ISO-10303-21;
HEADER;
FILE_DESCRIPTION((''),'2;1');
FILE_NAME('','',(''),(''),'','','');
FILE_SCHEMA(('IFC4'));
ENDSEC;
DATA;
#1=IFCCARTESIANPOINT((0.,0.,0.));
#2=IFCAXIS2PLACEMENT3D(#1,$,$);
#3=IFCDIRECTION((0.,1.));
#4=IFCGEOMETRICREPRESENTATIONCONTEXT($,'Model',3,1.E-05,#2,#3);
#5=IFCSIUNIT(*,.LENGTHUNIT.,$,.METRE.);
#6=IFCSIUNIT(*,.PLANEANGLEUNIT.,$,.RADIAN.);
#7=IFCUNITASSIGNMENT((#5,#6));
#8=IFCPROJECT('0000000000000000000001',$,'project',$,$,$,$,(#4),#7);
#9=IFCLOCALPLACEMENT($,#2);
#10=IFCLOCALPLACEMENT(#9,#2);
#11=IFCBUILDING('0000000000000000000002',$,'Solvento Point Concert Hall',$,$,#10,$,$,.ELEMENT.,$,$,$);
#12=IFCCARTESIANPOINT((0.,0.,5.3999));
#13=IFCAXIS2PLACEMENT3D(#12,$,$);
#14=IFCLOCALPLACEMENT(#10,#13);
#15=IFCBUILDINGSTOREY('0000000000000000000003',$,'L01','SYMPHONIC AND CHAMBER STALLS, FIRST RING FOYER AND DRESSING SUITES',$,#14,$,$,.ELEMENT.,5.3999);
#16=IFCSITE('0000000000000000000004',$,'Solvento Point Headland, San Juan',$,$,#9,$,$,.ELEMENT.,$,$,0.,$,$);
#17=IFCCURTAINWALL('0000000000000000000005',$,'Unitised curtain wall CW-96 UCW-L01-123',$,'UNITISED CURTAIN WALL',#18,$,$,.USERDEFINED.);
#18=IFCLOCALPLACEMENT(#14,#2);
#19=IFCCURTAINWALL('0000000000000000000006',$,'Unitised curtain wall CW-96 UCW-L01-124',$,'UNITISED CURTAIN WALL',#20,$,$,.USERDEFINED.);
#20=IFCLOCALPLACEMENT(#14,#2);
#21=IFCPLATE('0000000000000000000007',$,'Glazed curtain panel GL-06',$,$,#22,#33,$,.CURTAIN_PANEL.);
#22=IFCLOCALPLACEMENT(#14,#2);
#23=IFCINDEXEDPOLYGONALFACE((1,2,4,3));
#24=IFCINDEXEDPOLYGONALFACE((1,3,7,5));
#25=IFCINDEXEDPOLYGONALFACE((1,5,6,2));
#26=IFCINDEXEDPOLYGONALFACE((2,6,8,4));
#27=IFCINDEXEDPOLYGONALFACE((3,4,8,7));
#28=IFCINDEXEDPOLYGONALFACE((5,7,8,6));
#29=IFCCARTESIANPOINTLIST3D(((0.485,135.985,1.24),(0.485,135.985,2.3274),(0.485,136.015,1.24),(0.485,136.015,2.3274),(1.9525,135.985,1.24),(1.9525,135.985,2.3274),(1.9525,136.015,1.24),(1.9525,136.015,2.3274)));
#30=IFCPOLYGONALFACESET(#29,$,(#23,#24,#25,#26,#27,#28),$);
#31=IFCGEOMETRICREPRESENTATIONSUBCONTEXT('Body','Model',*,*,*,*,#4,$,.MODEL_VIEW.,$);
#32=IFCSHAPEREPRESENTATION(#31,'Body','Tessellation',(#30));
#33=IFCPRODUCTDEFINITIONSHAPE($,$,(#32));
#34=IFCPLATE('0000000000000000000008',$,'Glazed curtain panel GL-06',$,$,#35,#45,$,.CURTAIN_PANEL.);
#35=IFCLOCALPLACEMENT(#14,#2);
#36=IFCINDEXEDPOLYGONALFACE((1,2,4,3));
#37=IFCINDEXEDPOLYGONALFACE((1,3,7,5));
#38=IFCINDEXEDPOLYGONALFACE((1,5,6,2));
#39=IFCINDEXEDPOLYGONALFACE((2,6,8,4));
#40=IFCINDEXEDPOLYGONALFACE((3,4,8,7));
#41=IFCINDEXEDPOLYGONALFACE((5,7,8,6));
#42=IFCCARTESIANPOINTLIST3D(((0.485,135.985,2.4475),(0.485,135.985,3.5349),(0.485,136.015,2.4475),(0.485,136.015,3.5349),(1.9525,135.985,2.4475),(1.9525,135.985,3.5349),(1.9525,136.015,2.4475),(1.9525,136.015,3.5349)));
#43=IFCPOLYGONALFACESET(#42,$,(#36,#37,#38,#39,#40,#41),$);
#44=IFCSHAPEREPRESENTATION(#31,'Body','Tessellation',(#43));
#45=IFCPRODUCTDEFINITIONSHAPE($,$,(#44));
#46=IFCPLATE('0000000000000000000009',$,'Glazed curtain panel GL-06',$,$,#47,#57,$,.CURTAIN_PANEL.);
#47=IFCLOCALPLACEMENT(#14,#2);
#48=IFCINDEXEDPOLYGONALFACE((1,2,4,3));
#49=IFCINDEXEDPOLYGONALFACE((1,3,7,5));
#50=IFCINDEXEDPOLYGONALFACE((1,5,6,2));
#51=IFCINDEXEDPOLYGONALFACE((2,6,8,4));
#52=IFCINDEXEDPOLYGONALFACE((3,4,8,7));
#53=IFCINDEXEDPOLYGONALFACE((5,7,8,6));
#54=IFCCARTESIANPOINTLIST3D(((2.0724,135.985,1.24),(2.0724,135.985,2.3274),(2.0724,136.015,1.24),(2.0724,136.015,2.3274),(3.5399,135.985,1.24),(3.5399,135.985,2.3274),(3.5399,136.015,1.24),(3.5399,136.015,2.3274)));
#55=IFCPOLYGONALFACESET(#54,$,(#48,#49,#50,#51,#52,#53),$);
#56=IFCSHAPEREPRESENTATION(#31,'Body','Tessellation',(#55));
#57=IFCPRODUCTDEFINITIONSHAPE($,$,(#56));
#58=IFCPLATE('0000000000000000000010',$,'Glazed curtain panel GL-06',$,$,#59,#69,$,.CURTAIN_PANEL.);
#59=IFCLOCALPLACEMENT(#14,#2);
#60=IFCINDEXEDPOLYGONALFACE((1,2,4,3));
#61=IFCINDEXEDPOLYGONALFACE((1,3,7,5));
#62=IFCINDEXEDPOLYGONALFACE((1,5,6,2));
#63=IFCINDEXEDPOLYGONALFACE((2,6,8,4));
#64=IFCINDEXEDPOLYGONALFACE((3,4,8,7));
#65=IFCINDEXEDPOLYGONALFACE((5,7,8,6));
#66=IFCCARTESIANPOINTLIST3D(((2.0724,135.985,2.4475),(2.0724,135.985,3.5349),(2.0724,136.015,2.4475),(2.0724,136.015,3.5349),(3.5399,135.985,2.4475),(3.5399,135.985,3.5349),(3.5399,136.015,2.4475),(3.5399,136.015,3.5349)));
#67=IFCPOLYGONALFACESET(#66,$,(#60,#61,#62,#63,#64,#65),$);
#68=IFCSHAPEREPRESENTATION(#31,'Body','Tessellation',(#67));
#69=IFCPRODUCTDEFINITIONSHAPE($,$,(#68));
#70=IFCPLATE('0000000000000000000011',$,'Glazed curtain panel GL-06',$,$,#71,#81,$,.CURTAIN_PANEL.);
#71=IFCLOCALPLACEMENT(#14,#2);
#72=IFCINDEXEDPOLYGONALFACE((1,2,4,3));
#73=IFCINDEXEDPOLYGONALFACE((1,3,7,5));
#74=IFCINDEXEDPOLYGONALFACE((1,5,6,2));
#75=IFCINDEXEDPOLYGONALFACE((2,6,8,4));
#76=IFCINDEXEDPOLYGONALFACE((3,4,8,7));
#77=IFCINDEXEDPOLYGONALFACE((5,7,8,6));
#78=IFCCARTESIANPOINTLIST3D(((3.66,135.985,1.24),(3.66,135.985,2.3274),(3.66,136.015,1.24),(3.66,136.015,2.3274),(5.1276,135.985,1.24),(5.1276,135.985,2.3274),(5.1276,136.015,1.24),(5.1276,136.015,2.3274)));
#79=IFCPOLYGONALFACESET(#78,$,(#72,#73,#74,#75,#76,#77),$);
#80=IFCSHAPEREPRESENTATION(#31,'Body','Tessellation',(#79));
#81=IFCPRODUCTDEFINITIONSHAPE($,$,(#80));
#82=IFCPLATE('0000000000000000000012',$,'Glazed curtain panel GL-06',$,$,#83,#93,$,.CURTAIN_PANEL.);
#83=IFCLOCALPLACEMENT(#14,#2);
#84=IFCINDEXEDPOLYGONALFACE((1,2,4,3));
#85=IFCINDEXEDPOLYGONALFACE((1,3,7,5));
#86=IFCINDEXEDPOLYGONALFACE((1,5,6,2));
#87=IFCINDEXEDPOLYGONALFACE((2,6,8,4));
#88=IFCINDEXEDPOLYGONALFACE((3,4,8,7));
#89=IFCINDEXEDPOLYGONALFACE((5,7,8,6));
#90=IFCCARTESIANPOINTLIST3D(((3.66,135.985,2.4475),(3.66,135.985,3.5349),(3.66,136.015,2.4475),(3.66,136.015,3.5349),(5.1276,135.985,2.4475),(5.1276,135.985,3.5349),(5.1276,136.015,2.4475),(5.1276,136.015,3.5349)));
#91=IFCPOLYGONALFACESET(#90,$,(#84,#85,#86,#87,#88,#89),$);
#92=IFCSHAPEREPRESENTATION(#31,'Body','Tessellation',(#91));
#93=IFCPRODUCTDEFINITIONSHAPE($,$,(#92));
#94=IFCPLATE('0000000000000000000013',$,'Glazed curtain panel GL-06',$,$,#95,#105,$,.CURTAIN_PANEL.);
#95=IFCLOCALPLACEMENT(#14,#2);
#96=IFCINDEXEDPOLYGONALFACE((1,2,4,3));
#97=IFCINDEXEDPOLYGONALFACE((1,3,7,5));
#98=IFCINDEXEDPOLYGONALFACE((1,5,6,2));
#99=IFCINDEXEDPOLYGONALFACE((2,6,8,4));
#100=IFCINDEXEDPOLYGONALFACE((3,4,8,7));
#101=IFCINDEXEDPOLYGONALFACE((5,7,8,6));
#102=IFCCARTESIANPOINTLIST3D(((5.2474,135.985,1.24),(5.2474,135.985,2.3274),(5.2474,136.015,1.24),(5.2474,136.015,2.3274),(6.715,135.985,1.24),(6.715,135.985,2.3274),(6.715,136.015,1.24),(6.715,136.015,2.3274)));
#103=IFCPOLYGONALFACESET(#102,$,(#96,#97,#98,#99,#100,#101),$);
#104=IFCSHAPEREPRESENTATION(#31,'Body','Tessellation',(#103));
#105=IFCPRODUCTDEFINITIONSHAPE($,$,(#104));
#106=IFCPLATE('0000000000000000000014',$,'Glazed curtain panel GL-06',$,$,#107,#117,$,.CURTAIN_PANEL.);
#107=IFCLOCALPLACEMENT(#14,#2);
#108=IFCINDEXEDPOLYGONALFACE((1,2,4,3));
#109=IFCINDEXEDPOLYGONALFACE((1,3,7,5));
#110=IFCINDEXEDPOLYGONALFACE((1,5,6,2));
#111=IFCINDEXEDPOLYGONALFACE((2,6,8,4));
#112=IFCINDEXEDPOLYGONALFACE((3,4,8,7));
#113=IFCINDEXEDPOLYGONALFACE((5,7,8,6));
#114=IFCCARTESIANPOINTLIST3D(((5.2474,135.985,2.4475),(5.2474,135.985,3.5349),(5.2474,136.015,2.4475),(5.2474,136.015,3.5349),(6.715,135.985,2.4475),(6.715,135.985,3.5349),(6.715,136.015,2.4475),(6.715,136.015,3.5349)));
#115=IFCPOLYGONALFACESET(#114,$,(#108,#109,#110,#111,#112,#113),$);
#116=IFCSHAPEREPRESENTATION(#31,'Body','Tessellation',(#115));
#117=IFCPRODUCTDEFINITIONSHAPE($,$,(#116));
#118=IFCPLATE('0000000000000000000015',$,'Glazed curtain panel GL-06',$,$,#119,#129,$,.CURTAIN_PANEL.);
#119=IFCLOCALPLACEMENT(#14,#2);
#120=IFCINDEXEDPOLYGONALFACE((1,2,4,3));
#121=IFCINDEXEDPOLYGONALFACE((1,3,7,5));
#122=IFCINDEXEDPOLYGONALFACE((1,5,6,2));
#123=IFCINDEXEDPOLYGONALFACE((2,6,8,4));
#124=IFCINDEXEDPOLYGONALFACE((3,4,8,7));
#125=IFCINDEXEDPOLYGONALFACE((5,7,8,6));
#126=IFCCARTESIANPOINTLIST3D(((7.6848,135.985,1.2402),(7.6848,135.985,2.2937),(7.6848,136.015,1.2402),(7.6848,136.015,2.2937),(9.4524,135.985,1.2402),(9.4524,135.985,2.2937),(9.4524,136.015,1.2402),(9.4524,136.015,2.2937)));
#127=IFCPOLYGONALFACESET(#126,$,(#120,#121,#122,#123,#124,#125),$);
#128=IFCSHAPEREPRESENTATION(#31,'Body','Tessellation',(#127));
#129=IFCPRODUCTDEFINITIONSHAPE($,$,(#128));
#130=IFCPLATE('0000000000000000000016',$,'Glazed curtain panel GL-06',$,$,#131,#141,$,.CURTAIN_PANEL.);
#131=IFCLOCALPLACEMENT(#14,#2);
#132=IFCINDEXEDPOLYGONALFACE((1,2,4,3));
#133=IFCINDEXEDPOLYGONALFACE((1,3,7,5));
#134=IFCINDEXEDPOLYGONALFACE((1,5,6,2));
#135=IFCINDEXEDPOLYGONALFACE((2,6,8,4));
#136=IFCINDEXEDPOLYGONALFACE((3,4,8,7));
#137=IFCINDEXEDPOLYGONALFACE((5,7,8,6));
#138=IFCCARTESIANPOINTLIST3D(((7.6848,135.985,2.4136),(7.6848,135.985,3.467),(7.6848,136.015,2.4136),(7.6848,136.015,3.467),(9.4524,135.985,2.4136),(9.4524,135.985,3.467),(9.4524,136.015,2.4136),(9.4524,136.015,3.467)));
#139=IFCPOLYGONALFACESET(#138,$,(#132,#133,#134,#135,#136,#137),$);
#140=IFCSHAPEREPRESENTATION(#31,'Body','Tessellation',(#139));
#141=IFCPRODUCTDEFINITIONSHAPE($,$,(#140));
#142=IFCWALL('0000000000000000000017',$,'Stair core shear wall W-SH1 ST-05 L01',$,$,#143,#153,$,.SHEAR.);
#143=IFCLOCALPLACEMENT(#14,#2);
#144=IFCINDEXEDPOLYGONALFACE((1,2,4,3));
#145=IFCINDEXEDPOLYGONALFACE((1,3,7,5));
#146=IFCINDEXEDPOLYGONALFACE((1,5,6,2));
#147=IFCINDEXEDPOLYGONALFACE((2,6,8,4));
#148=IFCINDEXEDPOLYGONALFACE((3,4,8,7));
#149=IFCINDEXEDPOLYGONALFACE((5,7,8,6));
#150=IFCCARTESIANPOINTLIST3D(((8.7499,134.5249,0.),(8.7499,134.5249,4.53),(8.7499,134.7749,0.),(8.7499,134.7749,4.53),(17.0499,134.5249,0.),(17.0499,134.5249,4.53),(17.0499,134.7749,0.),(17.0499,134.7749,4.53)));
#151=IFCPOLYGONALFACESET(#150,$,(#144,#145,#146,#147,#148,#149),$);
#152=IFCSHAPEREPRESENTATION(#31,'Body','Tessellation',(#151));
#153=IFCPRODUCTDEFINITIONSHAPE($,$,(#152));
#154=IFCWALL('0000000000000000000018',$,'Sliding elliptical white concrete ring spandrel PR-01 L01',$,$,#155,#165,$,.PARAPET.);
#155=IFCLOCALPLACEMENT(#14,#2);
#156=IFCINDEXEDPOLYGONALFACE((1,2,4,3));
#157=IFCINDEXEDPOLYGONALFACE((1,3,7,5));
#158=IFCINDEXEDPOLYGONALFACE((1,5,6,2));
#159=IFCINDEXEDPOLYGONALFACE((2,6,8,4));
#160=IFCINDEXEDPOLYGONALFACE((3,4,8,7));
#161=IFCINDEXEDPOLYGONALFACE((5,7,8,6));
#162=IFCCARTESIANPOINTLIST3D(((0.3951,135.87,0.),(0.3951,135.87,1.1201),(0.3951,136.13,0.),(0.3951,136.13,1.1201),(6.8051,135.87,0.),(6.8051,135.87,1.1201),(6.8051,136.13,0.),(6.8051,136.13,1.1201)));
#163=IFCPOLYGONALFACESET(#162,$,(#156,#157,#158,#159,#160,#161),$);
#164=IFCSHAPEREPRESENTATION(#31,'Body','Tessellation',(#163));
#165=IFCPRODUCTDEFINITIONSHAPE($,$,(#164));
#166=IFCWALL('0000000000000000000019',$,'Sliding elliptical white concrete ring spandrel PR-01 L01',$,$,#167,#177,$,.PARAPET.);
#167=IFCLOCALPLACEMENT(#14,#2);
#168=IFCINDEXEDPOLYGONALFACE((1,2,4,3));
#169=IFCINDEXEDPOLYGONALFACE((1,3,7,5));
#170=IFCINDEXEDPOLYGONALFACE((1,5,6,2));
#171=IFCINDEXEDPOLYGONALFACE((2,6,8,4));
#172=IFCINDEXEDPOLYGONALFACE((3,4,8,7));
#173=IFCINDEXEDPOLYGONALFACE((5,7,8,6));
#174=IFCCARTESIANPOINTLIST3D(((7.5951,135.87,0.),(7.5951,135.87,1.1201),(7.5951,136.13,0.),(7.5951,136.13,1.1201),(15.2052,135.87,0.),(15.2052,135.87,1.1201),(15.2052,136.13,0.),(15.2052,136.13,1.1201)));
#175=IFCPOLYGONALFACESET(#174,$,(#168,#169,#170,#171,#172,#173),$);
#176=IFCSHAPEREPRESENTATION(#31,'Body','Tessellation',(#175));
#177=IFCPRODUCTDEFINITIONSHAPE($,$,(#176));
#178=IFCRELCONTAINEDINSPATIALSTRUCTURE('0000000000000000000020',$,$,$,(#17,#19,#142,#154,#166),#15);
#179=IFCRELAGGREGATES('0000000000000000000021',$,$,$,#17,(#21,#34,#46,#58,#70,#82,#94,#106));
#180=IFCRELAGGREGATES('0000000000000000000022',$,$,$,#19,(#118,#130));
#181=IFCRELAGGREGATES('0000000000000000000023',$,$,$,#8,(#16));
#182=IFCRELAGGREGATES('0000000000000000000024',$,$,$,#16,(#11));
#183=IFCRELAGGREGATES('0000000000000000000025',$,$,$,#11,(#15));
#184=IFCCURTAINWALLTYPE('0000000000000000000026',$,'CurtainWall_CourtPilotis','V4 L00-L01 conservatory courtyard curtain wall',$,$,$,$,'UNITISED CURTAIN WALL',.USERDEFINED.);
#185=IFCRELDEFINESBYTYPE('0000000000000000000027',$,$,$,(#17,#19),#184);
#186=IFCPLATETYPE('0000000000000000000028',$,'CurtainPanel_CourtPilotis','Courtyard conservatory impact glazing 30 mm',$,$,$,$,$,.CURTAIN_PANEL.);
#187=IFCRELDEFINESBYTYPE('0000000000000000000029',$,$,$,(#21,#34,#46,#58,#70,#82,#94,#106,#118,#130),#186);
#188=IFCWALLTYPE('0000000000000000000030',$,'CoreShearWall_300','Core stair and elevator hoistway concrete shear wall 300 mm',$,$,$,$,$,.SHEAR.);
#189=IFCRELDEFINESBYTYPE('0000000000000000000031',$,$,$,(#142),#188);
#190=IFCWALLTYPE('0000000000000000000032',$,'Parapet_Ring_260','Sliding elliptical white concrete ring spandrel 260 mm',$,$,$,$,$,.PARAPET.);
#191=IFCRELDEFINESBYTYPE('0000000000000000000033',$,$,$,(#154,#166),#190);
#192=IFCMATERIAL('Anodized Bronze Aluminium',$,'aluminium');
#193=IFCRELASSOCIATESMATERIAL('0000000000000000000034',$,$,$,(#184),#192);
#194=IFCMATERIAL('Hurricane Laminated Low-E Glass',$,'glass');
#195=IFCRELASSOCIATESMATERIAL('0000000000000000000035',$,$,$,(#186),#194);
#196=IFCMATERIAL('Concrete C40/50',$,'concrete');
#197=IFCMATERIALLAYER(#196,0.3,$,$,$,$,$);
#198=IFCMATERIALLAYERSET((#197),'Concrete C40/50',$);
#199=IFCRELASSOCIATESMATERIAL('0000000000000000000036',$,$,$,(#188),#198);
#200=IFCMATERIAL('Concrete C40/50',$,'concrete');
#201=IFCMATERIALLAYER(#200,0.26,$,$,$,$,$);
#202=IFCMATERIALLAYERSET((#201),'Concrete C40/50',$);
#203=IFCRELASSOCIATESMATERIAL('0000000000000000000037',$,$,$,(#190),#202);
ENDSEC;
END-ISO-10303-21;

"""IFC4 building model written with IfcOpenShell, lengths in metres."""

from ifc_helpers import new_model, si_unit, direction, frame, frame_2d, origin, origin_2d, place, context, subcontext, project, spatial, rectangle, extrude, material, layer, layer_set, type_object, element, aggregate, save


model = new_model("IFC4")

# Units and contexts
model_context = context("Model", 3, precision=1e-05, world=origin(), true_north=direction((0.0, 1.0)))
body_context = subcontext(model_context, "Body", "Model", "MODEL_VIEW")
ifc_project = project(units=[si_unit("LENGTHUNIT", "METRE"), si_unit("PLANEANGLEUNIT", "RADIAN")], contexts=[model_context])

# Site, building, storey
site_placement = place(None, origin())
site = spatial("IfcSite", under=ifc_project, at=site_placement, Name="Solvento Point Headland, San Juan", CompositionType="ELEMENT", RefElevation=0.0)
building_placement = place(site_placement, origin())
building = spatial("IfcBuilding", under=site, at=building_placement, Name="Solvento Point Concert Hall", CompositionType="ELEMENT")
storey_placement = place(building_placement, frame((0.0, 0.0, 5.3999)))
storey = spatial("IfcBuildingStorey", under=building, at=storey_placement, Name="L01", Description="SYMPHONIC AND CHAMBER STALLS, FIRST RING FOYER AND DRESSING SUITES", CompositionType="ELEMENT", Elevation=5.3999)

# Curtain walls
ifc_material_1 = material(Name="Anodized Bronze Aluminium", Category="aluminium")
curtain_wall_type = type_object("IfcCurtainWallType", Name="CurtainWall_CourtPilotis", Description="V4 L00-L01 conservatory courtyard curtain wall", ElementType="UNITISED CURTAIN WALL", PredefinedType="USERDEFINED", material=ifc_material_1)
curtain_wall_1_placement = place(storey_placement, origin())
curtain_wall_1 = element("IfcCurtainWall", 1, at=curtain_wall_1_placement, inside=storey, type_object=curtain_wall_type, Name="Unitised curtain wall CW-96 UCW-L01-123", ObjectType="UNITISED CURTAIN WALL", PredefinedType="USERDEFINED")
curtain_wall_2_placement = place(storey_placement, origin())
curtain_wall_2 = element("IfcCurtainWall", 2, at=curtain_wall_2_placement, inside=storey, type_object=curtain_wall_type, Name="Unitised curtain wall CW-96 UCW-L01-124", ObjectType="UNITISED CURTAIN WALL", PredefinedType="USERDEFINED")

# Plates
ifc_material_2 = material(Name="Hurricane Laminated Low-E Glass", Category="glass")
plate_type = type_object("IfcPlateType", Name="CurtainPanel_CourtPilotis", Description="Courtyard conservatory impact glazing 30 mm", PredefinedType="CURTAIN_PANEL", material=ifc_material_2)
plate_1_placement = place(storey_placement, frame((1.2188, 136.0, 1.24), z_axis=(0.0, 0.0, 1.0), x_axis=(1.0, 0.0, 0.0)))
plate_1 = element("IfcPlate", 3, at=plate_1_placement, type_object=plate_type, Name="Glazed curtain panel GL-06", PredefinedType="CURTAIN_PANEL", context=body_context, shape_type="SweptSolid", body=[
    extrude(rectangle(XDim=1.4675, YDim=0.03, at=origin_2d()), origin(), (0.0, 0.0, 1.0), 1.0874),
])
plate_2_placement = place(storey_placement, frame((1.2188, 136.0, 2.4475), z_axis=(0.0, 0.0, 1.0), x_axis=(1.0, 0.0, 0.0)))
plate_2 = element("IfcPlate", 4, at=plate_2_placement, type_object=plate_type, Name="Glazed curtain panel GL-06", PredefinedType="CURTAIN_PANEL", context=body_context, shape_type="SweptSolid", body=[
    extrude(rectangle(XDim=1.4675, YDim=0.03, at=origin_2d()), origin(), (0.0, 0.0, 1.0), 1.0874),
])
plate_3_placement = place(storey_placement, frame((2.8062, 136.0, 1.24), z_axis=(0.0, 0.0, 1.0), x_axis=(1.0, 0.0, 0.0)))
plate_3 = element("IfcPlate", 5, at=plate_3_placement, type_object=plate_type, Name="Glazed curtain panel GL-06", PredefinedType="CURTAIN_PANEL", context=body_context, shape_type="SweptSolid", body=[
    extrude(rectangle(XDim=1.4675, YDim=0.03, at=origin_2d()), origin(), (0.0, 0.0, 1.0), 1.0874),
])
plate_4_placement = place(storey_placement, frame((2.8062, 136.0, 2.4475), z_axis=(0.0, 0.0, 1.0), x_axis=(1.0, 0.0, 0.0)))
plate_4 = element("IfcPlate", 6, at=plate_4_placement, type_object=plate_type, Name="Glazed curtain panel GL-06", PredefinedType="CURTAIN_PANEL", context=body_context, shape_type="SweptSolid", body=[
    extrude(rectangle(XDim=1.4675, YDim=0.03, at=origin_2d()), origin(), (0.0, 0.0, 1.0), 1.0874),
])
plate_5_placement = place(storey_placement, frame((4.3938, 136.0, 1.24), z_axis=(0.0, 0.0, 1.0), x_axis=(1.0, 0.0, 0.0)))
plate_5 = element("IfcPlate", 7, at=plate_5_placement, type_object=plate_type, Name="Glazed curtain panel GL-06", PredefinedType="CURTAIN_PANEL", context=body_context, shape_type="SweptSolid", body=[
    extrude(rectangle(XDim=1.4675, YDim=0.03, at=origin_2d()), origin(), (0.0, 0.0, 1.0), 1.0874),
])
plate_6_placement = place(storey_placement, frame((4.3938, 136.0, 2.4475), z_axis=(0.0, 0.0, 1.0), x_axis=(1.0, 0.0, 0.0)))
plate_6 = element("IfcPlate", 8, at=plate_6_placement, type_object=plate_type, Name="Glazed curtain panel GL-06", PredefinedType="CURTAIN_PANEL", context=body_context, shape_type="SweptSolid", body=[
    extrude(rectangle(XDim=1.4675, YDim=0.03, at=origin_2d()), origin(), (0.0, 0.0, 1.0), 1.0874),
])
plate_7_placement = place(storey_placement, frame((5.9812, 136.0, 1.24), z_axis=(0.0, 0.0, 1.0), x_axis=(1.0, 0.0, 0.0)))
plate_7 = element("IfcPlate", 9, at=plate_7_placement, type_object=plate_type, Name="Glazed curtain panel GL-06", PredefinedType="CURTAIN_PANEL", context=body_context, shape_type="SweptSolid", body=[
    extrude(rectangle(XDim=1.4675, YDim=0.03, at=origin_2d()), origin(), (0.0, 0.0, 1.0), 1.0874),
])
plate_8_placement = place(storey_placement, frame((5.9812, 136.0, 2.4475), z_axis=(0.0, 0.0, 1.0), x_axis=(1.0, 0.0, 0.0)))
plate_8 = element("IfcPlate", 10, at=plate_8_placement, type_object=plate_type, Name="Glazed curtain panel GL-06", PredefinedType="CURTAIN_PANEL", context=body_context, shape_type="SweptSolid", body=[
    extrude(rectangle(XDim=1.4675, YDim=0.03, at=origin_2d()), origin(), (0.0, 0.0, 1.0), 1.0874),
])
aggregate(curtain_wall_1, [plate_1, plate_2, plate_3, plate_4, plate_5, plate_6, plate_7, plate_8])
plate_9_placement = place(storey_placement, frame((8.5686, 136.0, 1.2402), z_axis=(0.0, 0.0, 1.0), x_axis=(1.0, 0.0, 0.0)))
plate_9 = element("IfcPlate", 11, at=plate_9_placement, type_object=plate_type, Name="Glazed curtain panel GL-06", PredefinedType="CURTAIN_PANEL", context=body_context, shape_type="SweptSolid", body=[
    extrude(rectangle(XDim=1.7676, YDim=0.03, at=origin_2d()), origin(), (0.0, 0.0, 1.0), 1.0535),
])
plate_10_placement = place(storey_placement, frame((8.5686, 136.0, 2.4136), z_axis=(0.0, 0.0, 1.0), x_axis=(1.0, 0.0, 0.0)))
plate_10 = element("IfcPlate", 12, at=plate_10_placement, type_object=plate_type, Name="Glazed curtain panel GL-06", PredefinedType="CURTAIN_PANEL", context=body_context, shape_type="SweptSolid", body=[
    extrude(rectangle(XDim=1.7676, YDim=0.03, at=origin_2d()), origin(), (0.0, 0.0, 1.0), 1.0535),
])
aggregate(curtain_wall_2, [plate_9, plate_10])

# Walls
ifc_material_3 = material(Name="Concrete C40/50", Category="concrete")
ifc_layer_1 = layer(ifc_material_3, 0.3)
ifc_layer_set_1 = layer_set([ifc_layer_1], Name="Concrete C40/50")
wall_type_1 = type_object("IfcWallType", Name="CoreShearWall_300", Description="Core stair and elevator hoistway concrete shear wall 300 mm", PredefinedType="SHEAR", material=ifc_layer_set_1)
wall_1_placement = place(storey_placement, frame((8.75, 134.6499, 0.0), z_axis=(0.0, 0.0, 1.0), x_axis=(1.0, 0.0, 0.0)))
element("IfcWall", 13, at=wall_1_placement, inside=storey, type_object=wall_type_1, Name="Stair core shear wall W-SH1 ST-05 L01", PredefinedType="SHEAR", context=body_context, shape_type="SweptSolid", body=[
    extrude(rectangle(XDim=8.3, YDim=0.25, at=frame_2d((4.1499, 0.0))), origin(), (0.0, 0.0, 1.0), 4.53),
])
ifc_material_4 = material(Name="Concrete C40/50", Category="concrete")
ifc_layer_2 = layer(ifc_material_4, 0.26)
ifc_layer_set_2 = layer_set([ifc_layer_2], Name="Concrete C40/50")
wall_type_2 = type_object("IfcWallType", Name="Parapet_Ring_260", Description="Sliding elliptical white concrete ring spandrel 260 mm", PredefinedType="PARAPET", material=ifc_layer_set_2)
wall_2_placement = place(storey_placement, frame((0.395, 136.0, 0.0), z_axis=(0.0, 0.0, 1.0), x_axis=(1.0, 0.0, 0.0)))
element("IfcWall", 14, at=wall_2_placement, inside=storey, type_object=wall_type_2, Name="Sliding elliptical white concrete ring spandrel PR-01 L01", PredefinedType="PARAPET", context=body_context, shape_type="SweptSolid", body=[
    extrude(rectangle(XDim=6.4099, YDim=0.26, at=frame_2d((3.2051, 0.0))), origin(), (0.0, 0.0, 1.0), 1.1201),
])
wall_3_placement = place(storey_placement, frame((7.595, 136.0, 0.0), z_axis=(0.0, 0.0, 1.0), x_axis=(1.0, 0.0, 0.0)))
element("IfcWall", 15, at=wall_3_placement, inside=storey, type_object=wall_type_2, Name="Sliding elliptical white concrete ring spandrel PR-01 L01", PredefinedType="PARAPET", context=body_context, shape_type="SweptSolid", body=[
    extrude(rectangle(XDim=7.6101, YDim=0.26, at=frame_2d((3.8052, 0.0))), origin(), (0.0, 0.0, 1.0), 1.1201),
])

save(model, "model.ifc")
